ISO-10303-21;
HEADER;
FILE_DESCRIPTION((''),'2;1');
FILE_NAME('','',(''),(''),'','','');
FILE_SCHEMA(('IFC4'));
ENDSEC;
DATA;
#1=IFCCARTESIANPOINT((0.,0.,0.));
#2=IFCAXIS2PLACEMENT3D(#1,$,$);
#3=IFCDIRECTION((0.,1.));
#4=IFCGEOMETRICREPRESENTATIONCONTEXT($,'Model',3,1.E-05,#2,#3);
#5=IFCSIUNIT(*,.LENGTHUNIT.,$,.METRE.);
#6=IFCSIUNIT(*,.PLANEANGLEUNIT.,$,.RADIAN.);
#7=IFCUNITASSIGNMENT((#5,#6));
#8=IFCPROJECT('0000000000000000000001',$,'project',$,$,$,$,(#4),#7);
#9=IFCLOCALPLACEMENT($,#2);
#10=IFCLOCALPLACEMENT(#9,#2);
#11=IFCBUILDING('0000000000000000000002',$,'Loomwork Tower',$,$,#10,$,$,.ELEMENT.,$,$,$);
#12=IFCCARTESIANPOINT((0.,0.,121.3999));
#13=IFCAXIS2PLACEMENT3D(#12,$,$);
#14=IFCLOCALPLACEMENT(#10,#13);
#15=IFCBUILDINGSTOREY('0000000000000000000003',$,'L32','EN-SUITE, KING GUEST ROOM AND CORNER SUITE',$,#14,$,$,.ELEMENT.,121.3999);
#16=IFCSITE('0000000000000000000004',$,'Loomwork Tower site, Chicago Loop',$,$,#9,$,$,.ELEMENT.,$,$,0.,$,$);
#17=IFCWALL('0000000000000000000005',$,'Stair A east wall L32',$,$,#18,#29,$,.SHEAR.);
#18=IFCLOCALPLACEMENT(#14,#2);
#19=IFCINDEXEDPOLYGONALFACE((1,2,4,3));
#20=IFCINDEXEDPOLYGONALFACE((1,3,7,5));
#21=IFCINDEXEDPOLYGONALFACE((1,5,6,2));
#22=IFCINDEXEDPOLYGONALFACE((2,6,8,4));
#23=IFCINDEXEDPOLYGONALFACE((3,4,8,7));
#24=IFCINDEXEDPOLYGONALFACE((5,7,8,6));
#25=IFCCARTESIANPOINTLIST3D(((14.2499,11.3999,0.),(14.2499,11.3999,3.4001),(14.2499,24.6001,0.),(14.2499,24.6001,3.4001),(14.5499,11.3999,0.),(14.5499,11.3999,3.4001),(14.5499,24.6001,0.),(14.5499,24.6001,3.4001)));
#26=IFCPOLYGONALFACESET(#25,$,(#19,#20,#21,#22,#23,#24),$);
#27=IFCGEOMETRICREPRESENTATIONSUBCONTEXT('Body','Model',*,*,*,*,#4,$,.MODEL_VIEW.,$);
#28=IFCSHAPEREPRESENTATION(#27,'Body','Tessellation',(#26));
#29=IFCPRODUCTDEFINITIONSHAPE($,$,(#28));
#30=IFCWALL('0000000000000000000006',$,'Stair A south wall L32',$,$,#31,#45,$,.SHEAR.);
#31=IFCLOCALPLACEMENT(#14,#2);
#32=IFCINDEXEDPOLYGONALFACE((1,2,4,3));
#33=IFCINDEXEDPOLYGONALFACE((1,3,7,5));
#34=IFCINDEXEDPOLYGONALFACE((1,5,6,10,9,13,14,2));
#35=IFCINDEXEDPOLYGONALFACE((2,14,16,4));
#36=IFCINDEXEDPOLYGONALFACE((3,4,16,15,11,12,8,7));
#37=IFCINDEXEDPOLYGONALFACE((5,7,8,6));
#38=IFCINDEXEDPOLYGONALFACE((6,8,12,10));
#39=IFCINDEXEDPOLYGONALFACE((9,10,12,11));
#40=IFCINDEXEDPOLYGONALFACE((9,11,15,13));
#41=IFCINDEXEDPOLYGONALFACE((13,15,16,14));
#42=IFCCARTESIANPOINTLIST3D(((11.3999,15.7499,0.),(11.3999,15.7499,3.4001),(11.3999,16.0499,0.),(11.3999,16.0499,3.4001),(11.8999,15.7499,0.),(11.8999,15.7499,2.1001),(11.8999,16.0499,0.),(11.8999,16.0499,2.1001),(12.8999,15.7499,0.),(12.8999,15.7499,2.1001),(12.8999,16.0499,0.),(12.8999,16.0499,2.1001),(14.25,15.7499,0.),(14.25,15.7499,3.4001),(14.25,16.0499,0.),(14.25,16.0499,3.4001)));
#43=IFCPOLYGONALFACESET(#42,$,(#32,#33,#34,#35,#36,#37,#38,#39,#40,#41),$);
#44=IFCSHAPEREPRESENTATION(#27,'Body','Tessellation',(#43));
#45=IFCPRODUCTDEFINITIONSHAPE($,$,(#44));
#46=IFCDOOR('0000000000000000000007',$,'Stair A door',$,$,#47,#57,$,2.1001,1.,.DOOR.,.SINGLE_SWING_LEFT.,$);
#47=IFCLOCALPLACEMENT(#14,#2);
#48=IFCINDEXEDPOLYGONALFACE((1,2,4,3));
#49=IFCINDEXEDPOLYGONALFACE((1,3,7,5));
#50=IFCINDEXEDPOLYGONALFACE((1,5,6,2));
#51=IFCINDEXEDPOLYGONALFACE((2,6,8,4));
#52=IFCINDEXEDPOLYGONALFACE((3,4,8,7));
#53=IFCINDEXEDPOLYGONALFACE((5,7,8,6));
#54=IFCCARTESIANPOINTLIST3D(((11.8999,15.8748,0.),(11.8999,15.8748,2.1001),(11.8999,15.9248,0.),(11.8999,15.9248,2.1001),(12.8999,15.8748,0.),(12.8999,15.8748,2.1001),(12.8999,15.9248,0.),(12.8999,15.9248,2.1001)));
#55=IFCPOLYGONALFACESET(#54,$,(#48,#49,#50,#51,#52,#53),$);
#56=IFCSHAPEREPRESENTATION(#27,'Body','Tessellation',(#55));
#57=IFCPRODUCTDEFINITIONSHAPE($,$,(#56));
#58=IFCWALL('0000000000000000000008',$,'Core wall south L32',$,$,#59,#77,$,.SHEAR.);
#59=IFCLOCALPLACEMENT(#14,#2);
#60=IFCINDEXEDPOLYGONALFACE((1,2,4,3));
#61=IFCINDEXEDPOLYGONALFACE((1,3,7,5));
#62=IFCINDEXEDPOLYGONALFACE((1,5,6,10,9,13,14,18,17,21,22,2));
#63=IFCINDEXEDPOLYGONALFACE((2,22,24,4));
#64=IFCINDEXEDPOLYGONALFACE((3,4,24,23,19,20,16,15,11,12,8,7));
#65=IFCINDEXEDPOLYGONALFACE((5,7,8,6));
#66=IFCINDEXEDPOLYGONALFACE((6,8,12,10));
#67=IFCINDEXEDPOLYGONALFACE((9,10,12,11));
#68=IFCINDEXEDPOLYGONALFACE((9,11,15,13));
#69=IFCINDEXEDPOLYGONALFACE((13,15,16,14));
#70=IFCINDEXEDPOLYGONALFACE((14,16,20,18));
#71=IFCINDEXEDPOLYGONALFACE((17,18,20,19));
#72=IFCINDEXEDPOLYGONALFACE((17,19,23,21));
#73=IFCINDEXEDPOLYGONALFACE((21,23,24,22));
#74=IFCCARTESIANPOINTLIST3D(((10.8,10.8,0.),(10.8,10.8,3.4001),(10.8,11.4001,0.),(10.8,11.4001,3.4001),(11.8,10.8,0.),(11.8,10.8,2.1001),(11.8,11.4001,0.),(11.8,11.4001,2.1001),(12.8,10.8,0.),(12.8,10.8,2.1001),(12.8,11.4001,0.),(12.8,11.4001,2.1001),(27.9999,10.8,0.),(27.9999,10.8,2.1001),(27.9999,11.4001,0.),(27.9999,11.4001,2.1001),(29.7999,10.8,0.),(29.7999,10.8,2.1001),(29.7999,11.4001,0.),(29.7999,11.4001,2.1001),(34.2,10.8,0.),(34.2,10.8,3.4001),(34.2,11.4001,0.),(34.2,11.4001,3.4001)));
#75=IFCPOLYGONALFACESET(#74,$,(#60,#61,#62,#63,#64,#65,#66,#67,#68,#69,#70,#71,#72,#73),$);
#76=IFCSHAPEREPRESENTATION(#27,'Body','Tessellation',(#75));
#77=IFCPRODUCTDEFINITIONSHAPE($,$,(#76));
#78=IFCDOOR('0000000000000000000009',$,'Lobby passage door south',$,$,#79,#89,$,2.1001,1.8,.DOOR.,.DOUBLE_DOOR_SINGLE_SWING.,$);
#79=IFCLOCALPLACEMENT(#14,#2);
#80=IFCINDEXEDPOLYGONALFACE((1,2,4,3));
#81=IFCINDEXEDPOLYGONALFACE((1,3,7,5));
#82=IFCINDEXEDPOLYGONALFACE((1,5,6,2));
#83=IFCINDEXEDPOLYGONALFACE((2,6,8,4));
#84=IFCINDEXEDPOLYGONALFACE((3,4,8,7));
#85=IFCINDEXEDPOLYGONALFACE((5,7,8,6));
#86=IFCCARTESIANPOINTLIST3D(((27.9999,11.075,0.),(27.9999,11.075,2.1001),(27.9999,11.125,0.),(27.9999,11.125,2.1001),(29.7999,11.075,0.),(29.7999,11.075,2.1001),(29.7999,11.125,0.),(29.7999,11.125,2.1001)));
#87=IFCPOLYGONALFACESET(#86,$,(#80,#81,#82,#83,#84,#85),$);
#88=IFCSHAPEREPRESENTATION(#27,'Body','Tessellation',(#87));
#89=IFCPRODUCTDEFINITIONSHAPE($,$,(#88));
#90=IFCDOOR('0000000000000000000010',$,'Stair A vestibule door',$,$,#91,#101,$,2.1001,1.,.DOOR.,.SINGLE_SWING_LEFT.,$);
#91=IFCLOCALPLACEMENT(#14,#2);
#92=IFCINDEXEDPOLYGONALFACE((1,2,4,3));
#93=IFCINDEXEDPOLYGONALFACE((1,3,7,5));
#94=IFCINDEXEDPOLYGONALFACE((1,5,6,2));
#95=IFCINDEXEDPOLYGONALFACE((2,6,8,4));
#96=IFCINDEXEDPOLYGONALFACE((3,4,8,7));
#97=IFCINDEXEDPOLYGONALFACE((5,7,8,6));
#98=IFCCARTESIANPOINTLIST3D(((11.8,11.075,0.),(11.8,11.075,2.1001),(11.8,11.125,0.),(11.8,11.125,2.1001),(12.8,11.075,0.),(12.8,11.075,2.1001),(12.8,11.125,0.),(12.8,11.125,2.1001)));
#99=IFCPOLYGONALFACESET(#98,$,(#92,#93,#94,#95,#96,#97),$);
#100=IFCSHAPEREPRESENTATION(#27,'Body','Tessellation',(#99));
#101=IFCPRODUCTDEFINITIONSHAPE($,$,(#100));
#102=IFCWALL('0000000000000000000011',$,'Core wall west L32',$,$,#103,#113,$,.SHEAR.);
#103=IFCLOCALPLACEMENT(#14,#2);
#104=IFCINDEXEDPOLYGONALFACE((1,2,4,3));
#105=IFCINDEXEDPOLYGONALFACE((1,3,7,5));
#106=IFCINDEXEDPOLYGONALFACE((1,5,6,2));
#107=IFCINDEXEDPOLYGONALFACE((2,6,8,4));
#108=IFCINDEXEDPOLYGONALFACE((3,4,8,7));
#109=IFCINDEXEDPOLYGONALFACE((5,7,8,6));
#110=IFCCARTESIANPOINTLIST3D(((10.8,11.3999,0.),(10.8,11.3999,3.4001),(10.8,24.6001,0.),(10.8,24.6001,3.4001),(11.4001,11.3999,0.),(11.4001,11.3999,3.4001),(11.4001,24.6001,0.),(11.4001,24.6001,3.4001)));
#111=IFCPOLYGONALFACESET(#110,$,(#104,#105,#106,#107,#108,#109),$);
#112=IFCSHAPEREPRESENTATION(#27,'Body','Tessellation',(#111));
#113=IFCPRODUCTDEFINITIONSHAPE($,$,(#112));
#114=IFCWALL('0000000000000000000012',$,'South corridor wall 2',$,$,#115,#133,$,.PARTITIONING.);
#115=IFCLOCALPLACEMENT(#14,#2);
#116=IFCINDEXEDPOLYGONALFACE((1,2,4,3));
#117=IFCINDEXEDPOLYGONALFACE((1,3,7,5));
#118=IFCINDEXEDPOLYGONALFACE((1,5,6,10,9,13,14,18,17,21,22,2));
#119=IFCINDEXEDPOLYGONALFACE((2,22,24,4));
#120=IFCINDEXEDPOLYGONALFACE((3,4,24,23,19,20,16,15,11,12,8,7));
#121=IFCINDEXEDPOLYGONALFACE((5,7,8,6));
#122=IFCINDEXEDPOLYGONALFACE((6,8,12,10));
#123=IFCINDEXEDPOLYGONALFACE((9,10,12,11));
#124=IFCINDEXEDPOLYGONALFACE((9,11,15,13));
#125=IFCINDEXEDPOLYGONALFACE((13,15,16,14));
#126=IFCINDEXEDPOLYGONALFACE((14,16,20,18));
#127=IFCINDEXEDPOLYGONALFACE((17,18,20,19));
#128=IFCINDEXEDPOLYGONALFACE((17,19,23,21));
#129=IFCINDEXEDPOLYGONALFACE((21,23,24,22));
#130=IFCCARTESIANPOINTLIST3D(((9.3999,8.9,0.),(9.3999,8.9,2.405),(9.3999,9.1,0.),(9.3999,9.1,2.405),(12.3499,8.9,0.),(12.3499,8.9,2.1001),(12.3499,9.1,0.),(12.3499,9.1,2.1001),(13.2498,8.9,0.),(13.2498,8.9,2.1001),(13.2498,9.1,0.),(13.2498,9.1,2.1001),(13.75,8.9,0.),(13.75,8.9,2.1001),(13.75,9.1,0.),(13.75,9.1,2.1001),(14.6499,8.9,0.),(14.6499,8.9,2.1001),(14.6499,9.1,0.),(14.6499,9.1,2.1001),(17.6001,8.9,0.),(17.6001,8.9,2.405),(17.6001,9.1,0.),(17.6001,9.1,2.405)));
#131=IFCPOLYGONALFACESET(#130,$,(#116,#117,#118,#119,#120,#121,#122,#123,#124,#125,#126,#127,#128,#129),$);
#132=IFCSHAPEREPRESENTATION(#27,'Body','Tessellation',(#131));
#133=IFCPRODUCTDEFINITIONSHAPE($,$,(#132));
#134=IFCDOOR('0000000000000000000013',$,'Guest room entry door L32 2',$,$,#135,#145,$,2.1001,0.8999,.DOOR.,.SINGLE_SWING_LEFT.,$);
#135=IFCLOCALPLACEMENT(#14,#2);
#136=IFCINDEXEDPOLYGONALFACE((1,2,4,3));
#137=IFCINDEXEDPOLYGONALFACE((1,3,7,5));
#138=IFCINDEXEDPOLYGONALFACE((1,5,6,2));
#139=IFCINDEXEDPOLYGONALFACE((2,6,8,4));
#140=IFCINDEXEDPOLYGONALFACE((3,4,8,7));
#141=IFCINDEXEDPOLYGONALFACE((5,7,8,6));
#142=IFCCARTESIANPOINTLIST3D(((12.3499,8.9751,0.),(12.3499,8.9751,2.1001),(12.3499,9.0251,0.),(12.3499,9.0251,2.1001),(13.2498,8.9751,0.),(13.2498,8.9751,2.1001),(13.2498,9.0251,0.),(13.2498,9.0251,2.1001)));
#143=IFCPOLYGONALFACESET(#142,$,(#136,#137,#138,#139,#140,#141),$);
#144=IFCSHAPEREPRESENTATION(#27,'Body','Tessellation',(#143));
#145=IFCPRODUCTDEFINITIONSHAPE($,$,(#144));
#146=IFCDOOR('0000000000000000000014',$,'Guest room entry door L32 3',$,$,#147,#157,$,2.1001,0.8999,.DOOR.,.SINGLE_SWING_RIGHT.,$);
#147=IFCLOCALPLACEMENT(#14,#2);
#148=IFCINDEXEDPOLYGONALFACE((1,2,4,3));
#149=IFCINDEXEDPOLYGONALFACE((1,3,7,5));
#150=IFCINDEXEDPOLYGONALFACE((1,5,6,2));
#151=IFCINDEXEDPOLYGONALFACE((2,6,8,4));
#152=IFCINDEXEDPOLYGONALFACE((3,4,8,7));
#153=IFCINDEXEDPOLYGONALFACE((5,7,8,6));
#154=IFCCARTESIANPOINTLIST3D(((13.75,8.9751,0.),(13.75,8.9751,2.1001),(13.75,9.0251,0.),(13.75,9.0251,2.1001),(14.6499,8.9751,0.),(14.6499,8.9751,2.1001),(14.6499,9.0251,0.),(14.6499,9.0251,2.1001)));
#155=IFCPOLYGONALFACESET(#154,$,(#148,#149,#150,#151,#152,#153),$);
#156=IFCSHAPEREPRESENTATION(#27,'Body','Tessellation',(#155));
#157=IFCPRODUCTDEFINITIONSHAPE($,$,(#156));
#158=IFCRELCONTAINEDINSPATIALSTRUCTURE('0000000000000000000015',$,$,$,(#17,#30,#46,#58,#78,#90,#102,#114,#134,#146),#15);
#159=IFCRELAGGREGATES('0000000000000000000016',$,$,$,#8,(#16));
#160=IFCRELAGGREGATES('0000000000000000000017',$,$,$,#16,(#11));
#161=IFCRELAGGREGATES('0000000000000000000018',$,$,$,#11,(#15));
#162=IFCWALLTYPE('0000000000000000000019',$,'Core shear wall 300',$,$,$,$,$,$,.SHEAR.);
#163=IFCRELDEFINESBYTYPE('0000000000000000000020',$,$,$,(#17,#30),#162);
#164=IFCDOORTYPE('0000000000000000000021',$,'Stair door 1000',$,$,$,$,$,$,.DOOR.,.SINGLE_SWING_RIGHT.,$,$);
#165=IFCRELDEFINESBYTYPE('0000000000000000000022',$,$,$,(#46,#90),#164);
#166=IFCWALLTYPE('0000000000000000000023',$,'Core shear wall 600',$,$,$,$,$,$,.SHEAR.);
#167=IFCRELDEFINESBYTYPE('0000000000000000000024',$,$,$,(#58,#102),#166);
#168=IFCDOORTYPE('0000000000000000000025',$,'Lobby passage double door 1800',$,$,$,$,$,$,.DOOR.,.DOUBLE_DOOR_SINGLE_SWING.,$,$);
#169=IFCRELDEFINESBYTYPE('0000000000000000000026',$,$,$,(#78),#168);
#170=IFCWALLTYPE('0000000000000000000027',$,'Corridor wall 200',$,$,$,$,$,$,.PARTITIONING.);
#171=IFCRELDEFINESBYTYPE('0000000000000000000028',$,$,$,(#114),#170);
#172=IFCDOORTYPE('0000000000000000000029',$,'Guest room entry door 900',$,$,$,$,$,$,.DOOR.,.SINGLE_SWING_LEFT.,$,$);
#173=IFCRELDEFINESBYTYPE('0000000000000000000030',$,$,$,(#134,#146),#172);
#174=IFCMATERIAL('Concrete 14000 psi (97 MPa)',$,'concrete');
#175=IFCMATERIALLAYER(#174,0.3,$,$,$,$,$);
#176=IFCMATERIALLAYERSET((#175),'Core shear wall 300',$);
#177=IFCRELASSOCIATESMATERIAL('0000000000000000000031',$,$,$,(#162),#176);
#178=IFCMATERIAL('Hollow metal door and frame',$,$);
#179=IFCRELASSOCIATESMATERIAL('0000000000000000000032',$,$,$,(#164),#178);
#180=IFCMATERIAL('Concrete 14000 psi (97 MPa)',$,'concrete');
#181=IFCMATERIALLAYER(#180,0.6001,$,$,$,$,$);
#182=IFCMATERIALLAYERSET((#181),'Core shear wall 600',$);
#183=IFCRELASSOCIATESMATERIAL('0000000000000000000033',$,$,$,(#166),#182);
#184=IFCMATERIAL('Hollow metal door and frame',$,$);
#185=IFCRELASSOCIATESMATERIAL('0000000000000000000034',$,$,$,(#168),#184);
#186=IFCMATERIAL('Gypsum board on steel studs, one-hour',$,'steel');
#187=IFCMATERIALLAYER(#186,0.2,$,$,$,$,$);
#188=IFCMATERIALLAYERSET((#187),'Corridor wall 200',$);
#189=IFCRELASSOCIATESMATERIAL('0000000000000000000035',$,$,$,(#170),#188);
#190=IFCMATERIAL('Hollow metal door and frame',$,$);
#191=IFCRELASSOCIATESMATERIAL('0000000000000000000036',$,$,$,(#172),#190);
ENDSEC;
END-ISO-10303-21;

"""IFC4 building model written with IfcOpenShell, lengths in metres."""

from ifc_helpers import new_model, si_unit, direction, frame, frame_2d, origin, place, context, subcontext, project, spatial, rectangle, extrude, material, layer, layer_set, type_object, element, fill, save


model = new_model("IFC4")

# Units and contexts
model_context = context("Model", 3, precision=1e-05, world=origin(), true_north=direction((0.0, 1.0)))
body_context = subcontext(model_context, "Body", "Model", "MODEL_VIEW")
ifc_project = project(units=[si_unit("LENGTHUNIT", "METRE"), si_unit("PLANEANGLEUNIT", "RADIAN")], contexts=[model_context])

# Site, building, storey
site_placement = place(None, origin())
site = spatial("IfcSite", under=ifc_project, at=site_placement, Name="Loomwork Tower site, Chicago Loop", CompositionType="ELEMENT", RefElevation=0.0)
building_placement = place(site_placement, origin())
building = spatial("IfcBuilding", under=site, at=building_placement, Name="Loomwork Tower", CompositionType="ELEMENT")
storey_placement = place(building_placement, frame((0.0, 0.0, 121.3999)))
storey = spatial("IfcBuildingStorey", under=building, at=storey_placement, Name="L32", Description="EN-SUITE, KING GUEST ROOM AND CORNER SUITE", CompositionType="ELEMENT", Elevation=121.3999)

# Wall
ifc_material_1 = material(Name="Concrete 14000 psi (97 MPa)", Category="concrete")
ifc_layer_1 = layer(ifc_material_1, 0.3)
ifc_layer_set_1 = layer_set([ifc_layer_1], Name="Core shear wall 300")
wall_type_1 = type_object("IfcWallType", Name="Core shear wall 300", PredefinedType="SHEAR", material=ifc_layer_set_1)
wall_1_placement = place(storey_placement, frame((14.3999, 11.3999, 0.0), z_axis=(0.0, 0.0, 1.0), x_axis=(0.0, 1.0, 0.0)))
element("IfcWall", 1, at=wall_1_placement, inside=storey, type_object=wall_type_1, Name="Stair A east wall L32", PredefinedType="SHEAR", context=body_context, shape_type="SweptSolid", body=[
    extrude(rectangle(XDim=13.2002, YDim=0.3, at=frame_2d((6.6001, 0.0))), origin(), (0.0, 0.0, 1.0), 3.4001),
])

# Wall, opening, door
wall_2_placement = place(storey_placement, frame((11.3999, 15.8999, 0.0), z_axis=(0.0, 0.0, 1.0), x_axis=(1.0, 0.0, 0.0)))
wall_2 = element("IfcWall", 2, at=wall_2_placement, inside=storey, type_object=wall_type_1, Name="Stair A south wall L32", PredefinedType="SHEAR", context=body_context, shape_type="SweptSolid", body=[
    extrude(rectangle(XDim=2.8501, YDim=0.3, at=frame_2d((1.425, 0.0))), origin(), (0.0, 0.0, 1.0), 3.4001),
])
opening_1_placement = place(wall_2_placement, frame((0.5, 0.0, 0.0)))
opening_1 = element("IfcOpeningElement", 3, at=opening_1_placement, cuts=wall_2, PredefinedType="OPENING", context=body_context, shape_type="SweptSolid", body=[
    extrude(rectangle(XDim=1.0, YDim=2.1001, at=frame_2d((0.5, 1.05))), frame((0.0, 0.1599, 0.0), z_axis=(0.0, -1.0, 0.0), x_axis=(1.0, 0.0, 0.0)), (0.0, 0.0, 1.0), 0.3201),
])
ifc_material_2 = material(Name="Hollow metal door and frame")
door_type_1 = type_object("IfcDoorType", Name="Stair door 1000", OperationType="SINGLE_SWING_RIGHT", PredefinedType="DOOR", material=ifc_material_2)
door_1_placement = place(opening_1_placement, origin())
door_1 = element("IfcDoor", 4, at=door_1_placement, inside=storey, type_object=door_type_1, Name="Stair A door", OperationType="SINGLE_SWING_LEFT", OverallHeight=2.1001, OverallWidth=1.0, PredefinedType="DOOR", context=body_context, shape_type="SweptSolid", body=[
    extrude(rectangle(XDim=1.0, YDim=2.1001, at=frame_2d((0.5, 1.05))), frame((0.0, 0.0249, 0.0), z_axis=(0.0, -1.0, 0.0), x_axis=(1.0, 0.0, 0.0)), (0.0, 0.0, 1.0), 0.05),
])
fill(opening_1, door_1)

# Wall, openings, doors
ifc_material_3 = material(Name="Concrete 14000 psi (97 MPa)", Category="concrete")
ifc_layer_2 = layer(ifc_material_3, 0.6001)
ifc_layer_set_2 = layer_set([ifc_layer_2], Name="Core shear wall 600")
wall_type_2 = type_object("IfcWallType", Name="Core shear wall 600", PredefinedType="SHEAR", material=ifc_layer_set_2)
wall_3_placement = place(storey_placement, frame((10.8, 11.1001, 0.0), z_axis=(0.0, 0.0, 1.0), x_axis=(1.0, 0.0, 0.0)))
wall_3 = element("IfcWall", 5, at=wall_3_placement, inside=storey, type_object=wall_type_2, Name="Core wall south L32", PredefinedType="SHEAR", context=body_context, shape_type="SweptSolid", body=[
    extrude(rectangle(XDim=23.3999, YDim=0.6001, at=frame_2d((11.7, 0.0))), origin(), (0.0, 0.0, 1.0), 3.4001),
])
opening_2_placement = place(wall_3_placement, frame((1.0, 0.0, 0.0)))
opening_2 = element("IfcOpeningElement", 6, at=opening_2_placement, cuts=wall_3, PredefinedType="OPENING", context=body_context, shape_type="SweptSolid", body=[
    extrude(rectangle(XDim=1.0, YDim=2.1001, at=frame_2d((0.5, 1.05))), frame((0.0, 0.3101, 0.0), z_axis=(0.0, -1.0, 0.0), x_axis=(1.0, 0.0, 0.0)), (0.0, 0.0, 1.0), 0.6201),
])
opening_3_placement = place(wall_3_placement, frame((17.2, 0.0, 0.0)))
opening_3 = element("IfcOpeningElement", 7, at=opening_3_placement, cuts=wall_3, PredefinedType="OPENING", context=body_context, shape_type="SweptSolid", body=[
    extrude(rectangle(XDim=1.8, YDim=2.1001, at=frame_2d((0.8999, 1.05))), frame((0.0, 0.3101, 0.0), z_axis=(0.0, -1.0, 0.0), x_axis=(1.0, 0.0, 0.0)), (0.0, 0.0, 1.0), 0.6201),
])
ifc_material_4 = material(Name="Hollow metal door and frame")
door_type_2 = type_object("IfcDoorType", Name="Lobby passage double door 1800", OperationType="DOUBLE_DOOR_SINGLE_SWING", PredefinedType="DOOR", material=ifc_material_4)
door_2_placement = place(opening_3_placement, origin())
door_2 = element("IfcDoor", 8, at=door_2_placement, inside=storey, type_object=door_type_2, Name="Lobby passage door south", OperationType="DOUBLE_DOOR_SINGLE_SWING", OverallHeight=2.1001, OverallWidth=1.8, PredefinedType="DOOR", context=body_context, shape_type="SweptSolid", body=[
    extrude(rectangle(XDim=1.8, YDim=2.1001, at=frame_2d((0.8999, 1.05))), frame((0.0, 0.0249, 0.0), z_axis=(0.0, -1.0, 0.0), x_axis=(1.0, 0.0, 0.0)), (0.0, 0.0, 1.0), 0.05),
])
fill(opening_3, door_2)
door_3_placement = place(opening_2_placement, origin())
door_3 = element("IfcDoor", 9, at=door_3_placement, inside=storey, type_object=door_type_1, Name="Stair A vestibule door", OperationType="SINGLE_SWING_LEFT", OverallHeight=2.1001, OverallWidth=1.0, PredefinedType="DOOR", context=body_context, shape_type="SweptSolid", body=[
    extrude(rectangle(XDim=1.0, YDim=2.1001, at=frame_2d((0.5, 1.05))), frame((0.0, 0.0249, 0.0), z_axis=(0.0, -1.0, 0.0), x_axis=(1.0, 0.0, 0.0)), (0.0, 0.0, 1.0), 0.05),
])
fill(opening_2, door_3)

# Wall
wall_4_placement = place(storey_placement, frame((11.1001, 11.3999, 0.0), z_axis=(0.0, 0.0, 1.0), x_axis=(0.0, 1.0, 0.0)))
element("IfcWall", 10, at=wall_4_placement, inside=storey, type_object=wall_type_2, Name="Core wall west L32", PredefinedType="SHEAR", context=body_context, shape_type="SweptSolid", body=[
    extrude(rectangle(XDim=13.2002, YDim=0.6001, at=frame_2d((6.6001, 0.0))), origin(), (0.0, 0.0, 1.0), 3.4001),
])

# Wall, openings, doors
ifc_material_5 = material(Name="Gypsum board on steel studs, one-hour", Category="steel")
ifc_layer_3 = layer(ifc_material_5, 0.2)
ifc_layer_set_3 = layer_set([ifc_layer_3], Name="Corridor wall 200")
wall_type_3 = type_object("IfcWallType", Name="Corridor wall 200", PredefinedType="PARTITIONING", material=ifc_layer_set_3)
wall_5_placement = place(storey_placement, frame((9.3999, 9.0, 0.0), z_axis=(0.0, 0.0, 1.0), x_axis=(1.0, 0.0, 0.0)))
wall_5 = element("IfcWall", 11, at=wall_5_placement, inside=storey, type_object=wall_type_3, Name="South corridor wall 2", PredefinedType="PARTITIONING", context=body_context, shape_type="SweptSolid", body=[
    extrude(rectangle(XDim=8.2002, YDim=0.2, at=frame_2d((4.1001, 0.0))), origin(), (0.0, 0.0, 1.0), 2.405),
])
opening_4_placement = place(wall_5_placement, frame((2.95, 0.0, 0.0)))
opening_4 = element("IfcOpeningElement", 12, at=opening_4_placement, cuts=wall_5, PredefinedType="OPENING", context=body_context, shape_type="SweptSolid", body=[
    extrude(rectangle(XDim=0.8999, YDim=2.1001, at=frame_2d((0.45, 1.05))), frame((0.0, 0.1099, 0.0), z_axis=(0.0, -1.0, 0.0), x_axis=(1.0, 0.0, 0.0)), (0.0, 0.0, 1.0), 0.22),
])
opening_5_placement = place(wall_5_placement, frame((4.3501, 0.0, 0.0)))
opening_5 = element("IfcOpeningElement", 13, at=opening_5_placement, cuts=wall_5, PredefinedType="OPENING", context=body_context, shape_type="SweptSolid", body=[
    extrude(rectangle(XDim=0.8999, YDim=2.1001, at=frame_2d((0.45, 1.05))), frame((0.0, 0.1099, 0.0), z_axis=(0.0, -1.0, 0.0), x_axis=(1.0, 0.0, 0.0)), (0.0, 0.0, 1.0), 0.22),
])
ifc_material_6 = material(Name="Hollow metal door and frame")
door_type_3 = type_object("IfcDoorType", Name="Guest room entry door 900", OperationType="SINGLE_SWING_LEFT", PredefinedType="DOOR", material=ifc_material_6)
door_4_placement = place(opening_4_placement, frame((0.8999, 0.0, 0.0), z_axis=(0.0, 0.0, 1.0), x_axis=(-1.0, 0.0, 0.0)))
door_4 = element("IfcDoor", 14, at=door_4_placement, inside=storey, type_object=door_type_3, Name="Guest room entry door L32 2", OperationType="SINGLE_SWING_LEFT", OverallHeight=2.1001, OverallWidth=0.8999, PredefinedType="DOOR", context=body_context, shape_type="SweptSolid", body=[
    extrude(rectangle(XDim=0.8999, YDim=2.1001, at=frame_2d((0.45, 1.05))), frame((0.0, 0.0249, 0.0), z_axis=(0.0, -1.0, 0.0), x_axis=(1.0, 0.0, 0.0)), (0.0, 0.0, 1.0), 0.05),
])
fill(opening_4, door_4)
door_5_placement = place(opening_5_placement, frame((0.8999, 0.0, 0.0), z_axis=(0.0, 0.0, 1.0), x_axis=(-1.0, 0.0, 0.0)))
door_5 = element("IfcDoor", 15, at=door_5_placement, inside=storey, type_object=door_type_3, Name="Guest room entry door L32 3", OperationType="SINGLE_SWING_RIGHT", OverallHeight=2.1001, OverallWidth=0.8999, PredefinedType="DOOR", context=body_context, shape_type="SweptSolid", body=[
    extrude(rectangle(XDim=0.8999, YDim=2.1001, at=frame_2d((0.45, 1.05))), frame((0.0, 0.0249, 0.0), z_axis=(0.0, -1.0, 0.0), x_axis=(1.0, 0.0, 0.0)), (0.0, 0.0, 1.0), 0.05),
])
fill(opening_5, door_5)

save(model, "model.ifc")
